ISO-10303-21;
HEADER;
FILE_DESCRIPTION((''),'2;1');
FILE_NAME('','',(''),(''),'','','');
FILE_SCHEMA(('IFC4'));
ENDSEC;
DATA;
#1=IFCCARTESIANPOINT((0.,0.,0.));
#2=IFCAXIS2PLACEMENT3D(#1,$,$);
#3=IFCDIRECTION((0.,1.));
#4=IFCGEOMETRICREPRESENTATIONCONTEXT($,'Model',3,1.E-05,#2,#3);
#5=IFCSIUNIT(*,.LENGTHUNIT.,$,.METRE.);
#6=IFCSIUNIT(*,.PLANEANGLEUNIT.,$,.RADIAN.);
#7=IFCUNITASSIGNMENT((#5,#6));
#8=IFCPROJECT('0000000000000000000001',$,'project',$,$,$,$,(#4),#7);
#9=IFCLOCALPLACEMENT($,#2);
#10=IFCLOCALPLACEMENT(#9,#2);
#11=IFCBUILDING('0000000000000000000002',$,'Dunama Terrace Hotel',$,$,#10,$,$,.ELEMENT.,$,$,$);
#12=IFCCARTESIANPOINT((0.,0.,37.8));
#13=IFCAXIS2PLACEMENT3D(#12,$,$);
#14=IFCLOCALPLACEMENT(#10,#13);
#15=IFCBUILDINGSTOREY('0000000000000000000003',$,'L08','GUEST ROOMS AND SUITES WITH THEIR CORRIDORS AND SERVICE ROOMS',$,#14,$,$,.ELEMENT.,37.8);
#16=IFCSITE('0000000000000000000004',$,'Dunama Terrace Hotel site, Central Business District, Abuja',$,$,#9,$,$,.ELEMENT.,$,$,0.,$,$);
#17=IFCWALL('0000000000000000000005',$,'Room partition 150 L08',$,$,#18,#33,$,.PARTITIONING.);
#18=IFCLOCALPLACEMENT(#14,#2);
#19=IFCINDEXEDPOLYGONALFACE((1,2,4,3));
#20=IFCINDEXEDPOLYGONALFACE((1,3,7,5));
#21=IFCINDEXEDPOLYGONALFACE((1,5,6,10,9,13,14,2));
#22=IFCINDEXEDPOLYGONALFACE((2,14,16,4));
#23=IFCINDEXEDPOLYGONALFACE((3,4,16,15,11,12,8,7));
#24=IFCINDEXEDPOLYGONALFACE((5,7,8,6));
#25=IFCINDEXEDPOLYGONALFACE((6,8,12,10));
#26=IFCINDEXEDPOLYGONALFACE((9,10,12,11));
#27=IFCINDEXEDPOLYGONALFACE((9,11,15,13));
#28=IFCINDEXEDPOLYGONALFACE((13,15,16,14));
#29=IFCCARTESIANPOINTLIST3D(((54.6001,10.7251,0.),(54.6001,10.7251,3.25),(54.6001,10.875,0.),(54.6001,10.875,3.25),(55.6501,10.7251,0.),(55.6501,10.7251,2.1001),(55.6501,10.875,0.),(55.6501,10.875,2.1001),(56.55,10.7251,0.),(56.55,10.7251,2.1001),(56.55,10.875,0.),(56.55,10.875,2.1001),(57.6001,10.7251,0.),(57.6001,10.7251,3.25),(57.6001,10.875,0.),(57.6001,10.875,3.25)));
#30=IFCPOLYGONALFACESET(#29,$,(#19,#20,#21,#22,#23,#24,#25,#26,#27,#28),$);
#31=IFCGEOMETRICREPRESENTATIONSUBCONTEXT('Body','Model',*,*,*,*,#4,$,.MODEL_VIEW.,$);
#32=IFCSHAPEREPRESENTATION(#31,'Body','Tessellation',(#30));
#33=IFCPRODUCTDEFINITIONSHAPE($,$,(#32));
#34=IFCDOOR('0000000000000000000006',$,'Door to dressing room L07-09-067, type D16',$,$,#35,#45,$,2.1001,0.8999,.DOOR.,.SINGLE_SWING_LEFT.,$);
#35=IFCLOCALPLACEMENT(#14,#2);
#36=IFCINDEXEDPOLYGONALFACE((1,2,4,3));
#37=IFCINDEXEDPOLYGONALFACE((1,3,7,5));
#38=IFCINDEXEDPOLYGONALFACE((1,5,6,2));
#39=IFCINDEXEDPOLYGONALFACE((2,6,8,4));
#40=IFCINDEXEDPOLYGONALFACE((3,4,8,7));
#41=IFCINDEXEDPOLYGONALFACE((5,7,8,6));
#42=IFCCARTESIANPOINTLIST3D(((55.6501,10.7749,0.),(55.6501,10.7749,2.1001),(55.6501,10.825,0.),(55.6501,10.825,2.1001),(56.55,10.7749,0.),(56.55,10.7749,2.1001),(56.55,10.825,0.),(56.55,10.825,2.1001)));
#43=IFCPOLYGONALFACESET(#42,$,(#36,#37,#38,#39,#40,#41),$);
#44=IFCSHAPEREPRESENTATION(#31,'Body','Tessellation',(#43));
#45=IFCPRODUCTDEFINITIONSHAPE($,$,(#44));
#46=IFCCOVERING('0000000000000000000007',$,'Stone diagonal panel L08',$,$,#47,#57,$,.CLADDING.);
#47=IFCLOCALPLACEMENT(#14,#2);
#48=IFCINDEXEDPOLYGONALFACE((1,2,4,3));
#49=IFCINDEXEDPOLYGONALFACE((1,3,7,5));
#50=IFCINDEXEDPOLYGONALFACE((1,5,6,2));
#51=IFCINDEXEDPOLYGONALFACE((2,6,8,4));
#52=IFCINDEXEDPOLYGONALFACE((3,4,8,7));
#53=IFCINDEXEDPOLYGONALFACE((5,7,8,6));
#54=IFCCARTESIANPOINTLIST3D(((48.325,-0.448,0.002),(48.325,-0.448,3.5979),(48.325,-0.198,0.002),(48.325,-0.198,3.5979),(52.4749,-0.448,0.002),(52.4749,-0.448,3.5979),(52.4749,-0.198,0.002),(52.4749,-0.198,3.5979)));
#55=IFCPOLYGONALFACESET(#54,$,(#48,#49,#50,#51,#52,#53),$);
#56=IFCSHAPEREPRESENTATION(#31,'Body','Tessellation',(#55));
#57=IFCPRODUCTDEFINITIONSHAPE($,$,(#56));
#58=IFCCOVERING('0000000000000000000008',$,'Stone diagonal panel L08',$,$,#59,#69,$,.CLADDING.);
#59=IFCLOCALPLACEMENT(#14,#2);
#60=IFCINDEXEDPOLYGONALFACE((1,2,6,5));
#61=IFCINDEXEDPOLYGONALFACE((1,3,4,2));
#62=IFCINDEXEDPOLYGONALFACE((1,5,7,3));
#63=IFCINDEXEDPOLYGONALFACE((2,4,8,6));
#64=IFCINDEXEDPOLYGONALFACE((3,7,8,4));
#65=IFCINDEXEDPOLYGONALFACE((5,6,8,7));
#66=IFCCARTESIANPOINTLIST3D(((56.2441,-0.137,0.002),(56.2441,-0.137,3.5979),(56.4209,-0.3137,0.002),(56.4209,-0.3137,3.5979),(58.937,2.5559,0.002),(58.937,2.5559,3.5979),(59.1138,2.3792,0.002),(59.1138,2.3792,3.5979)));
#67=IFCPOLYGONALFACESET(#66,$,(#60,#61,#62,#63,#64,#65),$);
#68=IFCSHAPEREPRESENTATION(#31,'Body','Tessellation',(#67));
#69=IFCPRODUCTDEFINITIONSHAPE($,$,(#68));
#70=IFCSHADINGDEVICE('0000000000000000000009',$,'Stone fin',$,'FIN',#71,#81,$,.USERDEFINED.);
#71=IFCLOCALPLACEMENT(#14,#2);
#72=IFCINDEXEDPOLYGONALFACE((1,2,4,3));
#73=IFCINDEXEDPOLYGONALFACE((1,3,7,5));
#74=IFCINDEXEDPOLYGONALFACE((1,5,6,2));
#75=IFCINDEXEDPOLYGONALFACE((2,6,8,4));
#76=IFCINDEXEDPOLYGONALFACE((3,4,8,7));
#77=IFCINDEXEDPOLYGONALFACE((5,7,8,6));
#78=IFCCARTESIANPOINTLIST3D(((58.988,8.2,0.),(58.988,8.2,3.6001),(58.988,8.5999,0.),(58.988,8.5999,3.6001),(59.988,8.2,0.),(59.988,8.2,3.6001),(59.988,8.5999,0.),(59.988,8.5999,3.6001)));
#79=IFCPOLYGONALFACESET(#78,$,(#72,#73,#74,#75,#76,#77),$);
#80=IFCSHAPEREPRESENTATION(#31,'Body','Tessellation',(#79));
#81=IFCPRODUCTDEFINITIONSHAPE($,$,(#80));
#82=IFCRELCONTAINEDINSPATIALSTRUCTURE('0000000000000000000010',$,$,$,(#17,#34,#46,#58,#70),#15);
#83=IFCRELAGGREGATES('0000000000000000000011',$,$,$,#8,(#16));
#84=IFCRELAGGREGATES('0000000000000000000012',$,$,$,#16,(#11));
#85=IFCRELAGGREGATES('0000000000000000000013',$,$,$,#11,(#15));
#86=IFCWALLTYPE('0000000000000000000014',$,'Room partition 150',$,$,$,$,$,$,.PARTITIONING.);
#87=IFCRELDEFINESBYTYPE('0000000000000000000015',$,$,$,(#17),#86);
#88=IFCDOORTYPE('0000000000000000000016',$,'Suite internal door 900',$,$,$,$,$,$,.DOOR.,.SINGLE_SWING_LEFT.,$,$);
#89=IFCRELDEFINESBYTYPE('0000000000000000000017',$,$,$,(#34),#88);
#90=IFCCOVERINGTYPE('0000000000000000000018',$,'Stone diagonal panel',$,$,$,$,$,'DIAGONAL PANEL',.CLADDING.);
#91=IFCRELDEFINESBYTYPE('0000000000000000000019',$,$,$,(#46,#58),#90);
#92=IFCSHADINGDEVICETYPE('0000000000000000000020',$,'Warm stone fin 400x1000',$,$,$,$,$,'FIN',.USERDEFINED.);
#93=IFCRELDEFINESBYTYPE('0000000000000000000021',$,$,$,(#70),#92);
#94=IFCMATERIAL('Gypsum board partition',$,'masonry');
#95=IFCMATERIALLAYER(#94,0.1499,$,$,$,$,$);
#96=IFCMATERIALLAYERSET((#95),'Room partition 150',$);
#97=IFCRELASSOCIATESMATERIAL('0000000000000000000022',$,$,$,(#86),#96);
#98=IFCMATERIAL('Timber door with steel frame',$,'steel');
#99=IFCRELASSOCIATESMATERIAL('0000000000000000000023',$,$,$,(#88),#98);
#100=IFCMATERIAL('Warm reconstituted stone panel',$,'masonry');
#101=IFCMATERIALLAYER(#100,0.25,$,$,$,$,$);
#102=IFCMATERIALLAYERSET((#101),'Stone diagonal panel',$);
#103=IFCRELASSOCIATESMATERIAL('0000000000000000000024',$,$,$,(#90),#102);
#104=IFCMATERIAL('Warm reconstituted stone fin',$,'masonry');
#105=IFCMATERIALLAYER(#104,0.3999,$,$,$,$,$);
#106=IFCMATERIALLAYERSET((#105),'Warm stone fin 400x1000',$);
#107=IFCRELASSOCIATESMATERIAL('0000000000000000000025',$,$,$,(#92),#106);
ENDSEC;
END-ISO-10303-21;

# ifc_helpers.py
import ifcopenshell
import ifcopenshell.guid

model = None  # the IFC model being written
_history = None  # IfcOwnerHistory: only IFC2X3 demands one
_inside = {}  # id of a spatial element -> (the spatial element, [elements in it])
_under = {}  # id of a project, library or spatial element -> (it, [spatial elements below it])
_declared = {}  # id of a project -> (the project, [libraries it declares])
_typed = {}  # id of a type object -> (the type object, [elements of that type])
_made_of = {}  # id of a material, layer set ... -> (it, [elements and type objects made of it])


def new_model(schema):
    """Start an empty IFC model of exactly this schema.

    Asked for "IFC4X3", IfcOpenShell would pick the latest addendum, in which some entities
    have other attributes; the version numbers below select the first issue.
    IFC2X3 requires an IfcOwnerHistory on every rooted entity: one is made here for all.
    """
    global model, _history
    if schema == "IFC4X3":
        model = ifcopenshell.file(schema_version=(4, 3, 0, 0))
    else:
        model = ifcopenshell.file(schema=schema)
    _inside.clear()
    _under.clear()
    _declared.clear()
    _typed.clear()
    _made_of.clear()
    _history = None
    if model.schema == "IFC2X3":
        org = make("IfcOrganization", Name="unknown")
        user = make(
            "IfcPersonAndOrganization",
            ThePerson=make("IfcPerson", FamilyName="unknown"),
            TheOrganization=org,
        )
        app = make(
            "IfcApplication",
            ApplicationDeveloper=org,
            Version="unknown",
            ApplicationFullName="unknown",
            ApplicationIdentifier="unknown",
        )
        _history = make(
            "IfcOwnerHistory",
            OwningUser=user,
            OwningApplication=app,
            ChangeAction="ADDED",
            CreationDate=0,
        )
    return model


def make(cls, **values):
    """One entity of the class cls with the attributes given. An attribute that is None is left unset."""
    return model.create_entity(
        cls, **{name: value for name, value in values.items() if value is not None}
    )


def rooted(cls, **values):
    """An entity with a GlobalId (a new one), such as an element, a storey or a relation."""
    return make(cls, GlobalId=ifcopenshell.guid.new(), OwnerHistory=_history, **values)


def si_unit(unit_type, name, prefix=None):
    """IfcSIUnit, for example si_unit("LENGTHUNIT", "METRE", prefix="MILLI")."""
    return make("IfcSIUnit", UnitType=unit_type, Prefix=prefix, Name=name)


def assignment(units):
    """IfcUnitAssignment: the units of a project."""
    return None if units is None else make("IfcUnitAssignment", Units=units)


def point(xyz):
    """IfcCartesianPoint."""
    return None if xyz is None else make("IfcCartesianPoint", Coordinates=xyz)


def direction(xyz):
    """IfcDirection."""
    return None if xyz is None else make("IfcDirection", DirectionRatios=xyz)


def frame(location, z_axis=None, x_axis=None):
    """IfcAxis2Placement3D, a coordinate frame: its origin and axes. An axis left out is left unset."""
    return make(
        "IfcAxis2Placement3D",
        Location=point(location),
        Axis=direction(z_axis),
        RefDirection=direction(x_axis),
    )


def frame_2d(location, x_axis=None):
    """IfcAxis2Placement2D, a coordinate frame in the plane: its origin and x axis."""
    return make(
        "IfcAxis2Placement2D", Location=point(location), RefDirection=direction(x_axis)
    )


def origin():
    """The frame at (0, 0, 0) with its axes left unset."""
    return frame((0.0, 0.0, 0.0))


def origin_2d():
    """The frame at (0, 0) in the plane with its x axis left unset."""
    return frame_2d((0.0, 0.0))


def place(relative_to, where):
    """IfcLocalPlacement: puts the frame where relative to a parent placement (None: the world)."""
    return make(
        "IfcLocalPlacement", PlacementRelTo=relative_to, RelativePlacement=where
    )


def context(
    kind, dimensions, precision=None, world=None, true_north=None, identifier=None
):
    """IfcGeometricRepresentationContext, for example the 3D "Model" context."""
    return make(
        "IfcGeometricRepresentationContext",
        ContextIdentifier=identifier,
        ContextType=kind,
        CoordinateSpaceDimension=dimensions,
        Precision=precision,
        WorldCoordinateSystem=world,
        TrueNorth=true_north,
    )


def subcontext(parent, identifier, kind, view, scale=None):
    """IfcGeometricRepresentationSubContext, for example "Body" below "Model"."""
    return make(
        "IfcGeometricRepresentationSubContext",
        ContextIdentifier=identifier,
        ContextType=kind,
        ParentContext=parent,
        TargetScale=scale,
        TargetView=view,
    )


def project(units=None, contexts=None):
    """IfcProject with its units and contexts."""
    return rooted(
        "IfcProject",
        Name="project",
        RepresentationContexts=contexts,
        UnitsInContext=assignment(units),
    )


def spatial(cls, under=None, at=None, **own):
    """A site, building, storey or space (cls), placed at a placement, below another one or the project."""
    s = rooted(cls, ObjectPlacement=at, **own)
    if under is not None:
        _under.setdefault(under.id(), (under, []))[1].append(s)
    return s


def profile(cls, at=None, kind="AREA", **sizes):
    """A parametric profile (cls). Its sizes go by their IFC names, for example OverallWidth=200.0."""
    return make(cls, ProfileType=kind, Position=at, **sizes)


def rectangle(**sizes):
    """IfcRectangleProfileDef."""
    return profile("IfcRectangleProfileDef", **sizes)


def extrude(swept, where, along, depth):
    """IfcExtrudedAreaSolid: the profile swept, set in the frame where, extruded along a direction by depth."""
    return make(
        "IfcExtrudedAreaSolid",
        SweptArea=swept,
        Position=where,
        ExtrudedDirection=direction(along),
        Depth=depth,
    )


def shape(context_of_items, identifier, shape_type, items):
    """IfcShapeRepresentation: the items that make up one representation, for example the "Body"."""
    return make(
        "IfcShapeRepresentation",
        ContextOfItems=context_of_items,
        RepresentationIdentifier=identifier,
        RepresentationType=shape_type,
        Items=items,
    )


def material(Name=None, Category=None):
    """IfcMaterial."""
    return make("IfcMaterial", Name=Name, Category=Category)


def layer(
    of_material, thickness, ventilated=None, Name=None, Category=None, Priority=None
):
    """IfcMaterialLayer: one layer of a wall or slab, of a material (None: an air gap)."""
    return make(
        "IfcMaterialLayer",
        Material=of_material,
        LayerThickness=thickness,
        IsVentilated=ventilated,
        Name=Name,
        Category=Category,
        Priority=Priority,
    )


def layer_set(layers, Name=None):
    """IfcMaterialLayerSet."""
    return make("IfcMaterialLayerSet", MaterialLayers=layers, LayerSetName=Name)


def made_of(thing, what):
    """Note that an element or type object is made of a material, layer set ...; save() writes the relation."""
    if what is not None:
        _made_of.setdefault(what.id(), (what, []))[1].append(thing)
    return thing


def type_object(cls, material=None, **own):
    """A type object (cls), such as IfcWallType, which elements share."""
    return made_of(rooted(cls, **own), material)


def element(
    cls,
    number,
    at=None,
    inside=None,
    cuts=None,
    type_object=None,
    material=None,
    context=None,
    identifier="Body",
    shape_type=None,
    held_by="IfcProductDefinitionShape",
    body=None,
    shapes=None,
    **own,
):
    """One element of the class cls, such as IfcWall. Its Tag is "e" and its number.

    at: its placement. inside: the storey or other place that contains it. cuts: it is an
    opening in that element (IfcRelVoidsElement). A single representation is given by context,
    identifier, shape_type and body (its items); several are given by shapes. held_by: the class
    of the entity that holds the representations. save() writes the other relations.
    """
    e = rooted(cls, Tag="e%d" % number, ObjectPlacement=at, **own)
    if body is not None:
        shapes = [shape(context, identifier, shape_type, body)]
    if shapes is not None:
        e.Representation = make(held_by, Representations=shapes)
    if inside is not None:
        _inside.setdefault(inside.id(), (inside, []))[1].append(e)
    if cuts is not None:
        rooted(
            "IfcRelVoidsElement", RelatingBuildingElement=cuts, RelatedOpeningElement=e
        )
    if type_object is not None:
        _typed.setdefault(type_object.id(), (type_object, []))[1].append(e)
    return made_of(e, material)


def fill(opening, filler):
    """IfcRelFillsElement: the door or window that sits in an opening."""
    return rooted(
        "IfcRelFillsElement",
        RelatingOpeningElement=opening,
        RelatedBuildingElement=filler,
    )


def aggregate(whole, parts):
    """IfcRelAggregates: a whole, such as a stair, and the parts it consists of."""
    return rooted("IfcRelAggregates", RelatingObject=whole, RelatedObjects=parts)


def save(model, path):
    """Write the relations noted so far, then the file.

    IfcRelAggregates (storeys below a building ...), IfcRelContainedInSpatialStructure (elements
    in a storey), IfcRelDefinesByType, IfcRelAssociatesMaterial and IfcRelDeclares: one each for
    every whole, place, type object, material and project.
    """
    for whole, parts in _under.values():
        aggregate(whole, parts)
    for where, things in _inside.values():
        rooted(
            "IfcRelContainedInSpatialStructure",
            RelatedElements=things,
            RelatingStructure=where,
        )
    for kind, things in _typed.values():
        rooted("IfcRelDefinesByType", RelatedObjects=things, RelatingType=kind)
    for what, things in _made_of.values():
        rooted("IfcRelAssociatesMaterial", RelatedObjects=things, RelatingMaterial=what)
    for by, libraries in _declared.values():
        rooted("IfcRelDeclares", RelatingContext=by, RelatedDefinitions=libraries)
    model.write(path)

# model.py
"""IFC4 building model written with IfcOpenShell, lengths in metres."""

from ifc_helpers import new_model, si_unit, direction, frame, frame_2d, origin, origin_2d, place, context, subcontext, project, spatial, rectangle, extrude, material, layer, layer_set, type_object, element, fill, save


model = new_model("IFC4")

# Units and contexts
model_context = context("Model", 3, precision=1e-05, world=origin(), true_north=direction((0.0, 1.0)))
body_context = subcontext(model_context, "Body", "Model", "MODEL_VIEW")
ifc_project = project(units=[si_unit("LENGTHUNIT", "METRE"), si_unit("PLANEANGLEUNIT", "RADIAN")], contexts=[model_context])

# Site, building, storey
site_placement = place(None, origin())
site = spatial("IfcSite", under=ifc_project, at=site_placement, Name="Dunama Terrace Hotel site, Central Business District, Abuja", CompositionType="ELEMENT", RefElevation=0.0)
building_placement = place(site_placement, origin())
building = spatial("IfcBuilding", under=site, at=building_placement, Name="Dunama Terrace Hotel", CompositionType="ELEMENT")
storey_placement = place(building_placement, frame((0.0, 0.0, 37.8)))
storey = spatial("IfcBuildingStorey", under=building, at=storey_placement, Name="L08", Description="GUEST ROOMS AND SUITES WITH THEIR CORRIDORS AND SERVICE ROOMS", CompositionType="ELEMENT", Elevation=37.8)

# Shared definitions
ifc_material_1 = material(Name="Gypsum board partition", Category="masonry")
ifc_layer_1 = layer(ifc_material_1, 0.1499)
ifc_layer_set_1 = layer_set([ifc_layer_1], Name="Room partition 150")
wall_type = type_object("IfcWallType", Name="Room partition 150", PredefinedType="PARTITIONING", material=ifc_layer_set_1)
ifc_material_2 = material(Name="Timber door with steel frame", Category="steel")
door_type = type_object("IfcDoorType", Name="Suite internal door 900", OperationType="SINGLE_SWING_LEFT", PredefinedType="DOOR", material=ifc_material_2)

# Wall, opening, door
wall_1_placement = place(storey_placement, frame((54.6001, 10.8, 0.0), z_axis=(0.0, 0.0, 1.0), x_axis=(1.0, 0.0, 0.0)))
wall_1 = element("IfcWall", 1, at=wall_1_placement, inside=storey, type_object=wall_type, Name="Room partition 150 L08", PredefinedType="PARTITIONING", context=body_context, shape_type="SweptSolid", body=[
    extrude(rectangle(XDim=3.0, YDim=0.1499, at=frame_2d((1.5, 0.0))), origin(), (0.0, 0.0, 1.0), 3.25),
])
opening_1_placement = place(wall_1_placement, frame((1.05, 0.0, 0.0)))
opening_1 = element("IfcOpeningElement", 2, at=opening_1_placement, cuts=wall_1, PredefinedType="OPENING", context=body_context, shape_type="SweptSolid", body=[
    extrude(rectangle(XDim=0.8999, YDim=2.1001, at=frame_2d((0.45, 1.05))), frame((0.0, 0.085, 0.0), z_axis=(0.0, -1.0, 0.0), x_axis=(1.0, 0.0, 0.0)), (0.0, 0.0, 1.0), 0.1699),
])
door_1_placement = place(opening_1_placement, origin())
door_1 = element("IfcDoor", 3, at=door_1_placement, inside=storey, type_object=door_type, Name="Door to dressing room L07-09-067, type D16", OperationType="SINGLE_SWING_LEFT", OverallHeight=2.1001, OverallWidth=0.8999, PredefinedType="DOOR", context=body_context, shape_type="SweptSolid", body=[
    extrude(rectangle(XDim=0.8999, YDim=2.1001, at=frame_2d((0.45, 1.05))), frame((0.0, 0.0249, 0.0), z_axis=(0.0, -1.0, 0.0), x_axis=(1.0, 0.0, 0.0)), (0.0, 0.0, 1.0), 0.05),
])
fill(opening_1, door_1)

# Coverings
ifc_material_3 = material(Name="Warm reconstituted stone panel", Category="masonry")
ifc_layer_2 = layer(ifc_material_3, 0.25)
ifc_layer_set_2 = layer_set([ifc_layer_2], Name="Stone diagonal panel")
covering_type = type_object("IfcCoveringType", Name="Stone diagonal panel", ElementType="DIAGONAL PANEL", PredefinedType="CLADDING", material=ifc_layer_set_2)
covering_1_placement = place(storey_placement, frame((50.3999, -0.323, 0.002), z_axis=(0.0, 0.0, 1.0), x_axis=(1.0, 0.0, 0.0)))
element("IfcCovering", 4, at=covering_1_placement, inside=storey, type_object=covering_type, Name="Stone diagonal panel L08", PredefinedType="CLADDING", context=body_context, shape_type="SweptSolid", body=[
    extrude(rectangle(XDim=4.1499, YDim=0.25, at=origin_2d()), origin(), (0.0, 0.0, 1.0), 3.5959),
])
covering_2_placement = place(storey_placement, frame((57.679, 1.1211, 0.002), z_axis=(0.0, 0.0, 1.0), x_axis=(0.707107, 0.707107, 0.0)))
element("IfcCovering", 5, at=covering_2_placement, inside=storey, type_object=covering_type, Name="Stone diagonal panel L08", PredefinedType="CLADDING", context=body_context, shape_type="SweptSolid", body=[
    extrude(rectangle(XDim=3.8083, YDim=0.25, at=origin_2d()), origin(), (0.0, 0.0, 1.0), 3.5959),
])

# Shading device
ifc_material_4 = material(Name="Warm reconstituted stone fin", Category="masonry")
ifc_layer_3 = layer(ifc_material_4, 0.3999)
ifc_layer_set_3 = layer_set([ifc_layer_3], Name="Warm stone fin 400x1000")
shading_device_type = type_object("IfcShadingDeviceType", Name="Warm stone fin 400x1000", ElementType="FIN", PredefinedType="USERDEFINED", material=ifc_layer_set_3)
shading_device_placement = place(storey_placement, frame((59.488, 8.3999, 0.0), z_axis=(0.0, 0.0, 1.0), x_axis=(0.0, 1.0, 0.0)))
element("IfcShadingDevice", 6, at=shading_device_placement, inside=storey, type_object=shading_device_type, Name="Stone fin", ObjectType="FIN", PredefinedType="USERDEFINED", context=body_context, shape_type="SweptSolid", body=[
    extrude(rectangle(XDim=0.3999, YDim=1.0, at=origin_2d()), origin(), (0.0, 0.0, 1.0), 3.6001),
])

save(model, "model.ifc")
